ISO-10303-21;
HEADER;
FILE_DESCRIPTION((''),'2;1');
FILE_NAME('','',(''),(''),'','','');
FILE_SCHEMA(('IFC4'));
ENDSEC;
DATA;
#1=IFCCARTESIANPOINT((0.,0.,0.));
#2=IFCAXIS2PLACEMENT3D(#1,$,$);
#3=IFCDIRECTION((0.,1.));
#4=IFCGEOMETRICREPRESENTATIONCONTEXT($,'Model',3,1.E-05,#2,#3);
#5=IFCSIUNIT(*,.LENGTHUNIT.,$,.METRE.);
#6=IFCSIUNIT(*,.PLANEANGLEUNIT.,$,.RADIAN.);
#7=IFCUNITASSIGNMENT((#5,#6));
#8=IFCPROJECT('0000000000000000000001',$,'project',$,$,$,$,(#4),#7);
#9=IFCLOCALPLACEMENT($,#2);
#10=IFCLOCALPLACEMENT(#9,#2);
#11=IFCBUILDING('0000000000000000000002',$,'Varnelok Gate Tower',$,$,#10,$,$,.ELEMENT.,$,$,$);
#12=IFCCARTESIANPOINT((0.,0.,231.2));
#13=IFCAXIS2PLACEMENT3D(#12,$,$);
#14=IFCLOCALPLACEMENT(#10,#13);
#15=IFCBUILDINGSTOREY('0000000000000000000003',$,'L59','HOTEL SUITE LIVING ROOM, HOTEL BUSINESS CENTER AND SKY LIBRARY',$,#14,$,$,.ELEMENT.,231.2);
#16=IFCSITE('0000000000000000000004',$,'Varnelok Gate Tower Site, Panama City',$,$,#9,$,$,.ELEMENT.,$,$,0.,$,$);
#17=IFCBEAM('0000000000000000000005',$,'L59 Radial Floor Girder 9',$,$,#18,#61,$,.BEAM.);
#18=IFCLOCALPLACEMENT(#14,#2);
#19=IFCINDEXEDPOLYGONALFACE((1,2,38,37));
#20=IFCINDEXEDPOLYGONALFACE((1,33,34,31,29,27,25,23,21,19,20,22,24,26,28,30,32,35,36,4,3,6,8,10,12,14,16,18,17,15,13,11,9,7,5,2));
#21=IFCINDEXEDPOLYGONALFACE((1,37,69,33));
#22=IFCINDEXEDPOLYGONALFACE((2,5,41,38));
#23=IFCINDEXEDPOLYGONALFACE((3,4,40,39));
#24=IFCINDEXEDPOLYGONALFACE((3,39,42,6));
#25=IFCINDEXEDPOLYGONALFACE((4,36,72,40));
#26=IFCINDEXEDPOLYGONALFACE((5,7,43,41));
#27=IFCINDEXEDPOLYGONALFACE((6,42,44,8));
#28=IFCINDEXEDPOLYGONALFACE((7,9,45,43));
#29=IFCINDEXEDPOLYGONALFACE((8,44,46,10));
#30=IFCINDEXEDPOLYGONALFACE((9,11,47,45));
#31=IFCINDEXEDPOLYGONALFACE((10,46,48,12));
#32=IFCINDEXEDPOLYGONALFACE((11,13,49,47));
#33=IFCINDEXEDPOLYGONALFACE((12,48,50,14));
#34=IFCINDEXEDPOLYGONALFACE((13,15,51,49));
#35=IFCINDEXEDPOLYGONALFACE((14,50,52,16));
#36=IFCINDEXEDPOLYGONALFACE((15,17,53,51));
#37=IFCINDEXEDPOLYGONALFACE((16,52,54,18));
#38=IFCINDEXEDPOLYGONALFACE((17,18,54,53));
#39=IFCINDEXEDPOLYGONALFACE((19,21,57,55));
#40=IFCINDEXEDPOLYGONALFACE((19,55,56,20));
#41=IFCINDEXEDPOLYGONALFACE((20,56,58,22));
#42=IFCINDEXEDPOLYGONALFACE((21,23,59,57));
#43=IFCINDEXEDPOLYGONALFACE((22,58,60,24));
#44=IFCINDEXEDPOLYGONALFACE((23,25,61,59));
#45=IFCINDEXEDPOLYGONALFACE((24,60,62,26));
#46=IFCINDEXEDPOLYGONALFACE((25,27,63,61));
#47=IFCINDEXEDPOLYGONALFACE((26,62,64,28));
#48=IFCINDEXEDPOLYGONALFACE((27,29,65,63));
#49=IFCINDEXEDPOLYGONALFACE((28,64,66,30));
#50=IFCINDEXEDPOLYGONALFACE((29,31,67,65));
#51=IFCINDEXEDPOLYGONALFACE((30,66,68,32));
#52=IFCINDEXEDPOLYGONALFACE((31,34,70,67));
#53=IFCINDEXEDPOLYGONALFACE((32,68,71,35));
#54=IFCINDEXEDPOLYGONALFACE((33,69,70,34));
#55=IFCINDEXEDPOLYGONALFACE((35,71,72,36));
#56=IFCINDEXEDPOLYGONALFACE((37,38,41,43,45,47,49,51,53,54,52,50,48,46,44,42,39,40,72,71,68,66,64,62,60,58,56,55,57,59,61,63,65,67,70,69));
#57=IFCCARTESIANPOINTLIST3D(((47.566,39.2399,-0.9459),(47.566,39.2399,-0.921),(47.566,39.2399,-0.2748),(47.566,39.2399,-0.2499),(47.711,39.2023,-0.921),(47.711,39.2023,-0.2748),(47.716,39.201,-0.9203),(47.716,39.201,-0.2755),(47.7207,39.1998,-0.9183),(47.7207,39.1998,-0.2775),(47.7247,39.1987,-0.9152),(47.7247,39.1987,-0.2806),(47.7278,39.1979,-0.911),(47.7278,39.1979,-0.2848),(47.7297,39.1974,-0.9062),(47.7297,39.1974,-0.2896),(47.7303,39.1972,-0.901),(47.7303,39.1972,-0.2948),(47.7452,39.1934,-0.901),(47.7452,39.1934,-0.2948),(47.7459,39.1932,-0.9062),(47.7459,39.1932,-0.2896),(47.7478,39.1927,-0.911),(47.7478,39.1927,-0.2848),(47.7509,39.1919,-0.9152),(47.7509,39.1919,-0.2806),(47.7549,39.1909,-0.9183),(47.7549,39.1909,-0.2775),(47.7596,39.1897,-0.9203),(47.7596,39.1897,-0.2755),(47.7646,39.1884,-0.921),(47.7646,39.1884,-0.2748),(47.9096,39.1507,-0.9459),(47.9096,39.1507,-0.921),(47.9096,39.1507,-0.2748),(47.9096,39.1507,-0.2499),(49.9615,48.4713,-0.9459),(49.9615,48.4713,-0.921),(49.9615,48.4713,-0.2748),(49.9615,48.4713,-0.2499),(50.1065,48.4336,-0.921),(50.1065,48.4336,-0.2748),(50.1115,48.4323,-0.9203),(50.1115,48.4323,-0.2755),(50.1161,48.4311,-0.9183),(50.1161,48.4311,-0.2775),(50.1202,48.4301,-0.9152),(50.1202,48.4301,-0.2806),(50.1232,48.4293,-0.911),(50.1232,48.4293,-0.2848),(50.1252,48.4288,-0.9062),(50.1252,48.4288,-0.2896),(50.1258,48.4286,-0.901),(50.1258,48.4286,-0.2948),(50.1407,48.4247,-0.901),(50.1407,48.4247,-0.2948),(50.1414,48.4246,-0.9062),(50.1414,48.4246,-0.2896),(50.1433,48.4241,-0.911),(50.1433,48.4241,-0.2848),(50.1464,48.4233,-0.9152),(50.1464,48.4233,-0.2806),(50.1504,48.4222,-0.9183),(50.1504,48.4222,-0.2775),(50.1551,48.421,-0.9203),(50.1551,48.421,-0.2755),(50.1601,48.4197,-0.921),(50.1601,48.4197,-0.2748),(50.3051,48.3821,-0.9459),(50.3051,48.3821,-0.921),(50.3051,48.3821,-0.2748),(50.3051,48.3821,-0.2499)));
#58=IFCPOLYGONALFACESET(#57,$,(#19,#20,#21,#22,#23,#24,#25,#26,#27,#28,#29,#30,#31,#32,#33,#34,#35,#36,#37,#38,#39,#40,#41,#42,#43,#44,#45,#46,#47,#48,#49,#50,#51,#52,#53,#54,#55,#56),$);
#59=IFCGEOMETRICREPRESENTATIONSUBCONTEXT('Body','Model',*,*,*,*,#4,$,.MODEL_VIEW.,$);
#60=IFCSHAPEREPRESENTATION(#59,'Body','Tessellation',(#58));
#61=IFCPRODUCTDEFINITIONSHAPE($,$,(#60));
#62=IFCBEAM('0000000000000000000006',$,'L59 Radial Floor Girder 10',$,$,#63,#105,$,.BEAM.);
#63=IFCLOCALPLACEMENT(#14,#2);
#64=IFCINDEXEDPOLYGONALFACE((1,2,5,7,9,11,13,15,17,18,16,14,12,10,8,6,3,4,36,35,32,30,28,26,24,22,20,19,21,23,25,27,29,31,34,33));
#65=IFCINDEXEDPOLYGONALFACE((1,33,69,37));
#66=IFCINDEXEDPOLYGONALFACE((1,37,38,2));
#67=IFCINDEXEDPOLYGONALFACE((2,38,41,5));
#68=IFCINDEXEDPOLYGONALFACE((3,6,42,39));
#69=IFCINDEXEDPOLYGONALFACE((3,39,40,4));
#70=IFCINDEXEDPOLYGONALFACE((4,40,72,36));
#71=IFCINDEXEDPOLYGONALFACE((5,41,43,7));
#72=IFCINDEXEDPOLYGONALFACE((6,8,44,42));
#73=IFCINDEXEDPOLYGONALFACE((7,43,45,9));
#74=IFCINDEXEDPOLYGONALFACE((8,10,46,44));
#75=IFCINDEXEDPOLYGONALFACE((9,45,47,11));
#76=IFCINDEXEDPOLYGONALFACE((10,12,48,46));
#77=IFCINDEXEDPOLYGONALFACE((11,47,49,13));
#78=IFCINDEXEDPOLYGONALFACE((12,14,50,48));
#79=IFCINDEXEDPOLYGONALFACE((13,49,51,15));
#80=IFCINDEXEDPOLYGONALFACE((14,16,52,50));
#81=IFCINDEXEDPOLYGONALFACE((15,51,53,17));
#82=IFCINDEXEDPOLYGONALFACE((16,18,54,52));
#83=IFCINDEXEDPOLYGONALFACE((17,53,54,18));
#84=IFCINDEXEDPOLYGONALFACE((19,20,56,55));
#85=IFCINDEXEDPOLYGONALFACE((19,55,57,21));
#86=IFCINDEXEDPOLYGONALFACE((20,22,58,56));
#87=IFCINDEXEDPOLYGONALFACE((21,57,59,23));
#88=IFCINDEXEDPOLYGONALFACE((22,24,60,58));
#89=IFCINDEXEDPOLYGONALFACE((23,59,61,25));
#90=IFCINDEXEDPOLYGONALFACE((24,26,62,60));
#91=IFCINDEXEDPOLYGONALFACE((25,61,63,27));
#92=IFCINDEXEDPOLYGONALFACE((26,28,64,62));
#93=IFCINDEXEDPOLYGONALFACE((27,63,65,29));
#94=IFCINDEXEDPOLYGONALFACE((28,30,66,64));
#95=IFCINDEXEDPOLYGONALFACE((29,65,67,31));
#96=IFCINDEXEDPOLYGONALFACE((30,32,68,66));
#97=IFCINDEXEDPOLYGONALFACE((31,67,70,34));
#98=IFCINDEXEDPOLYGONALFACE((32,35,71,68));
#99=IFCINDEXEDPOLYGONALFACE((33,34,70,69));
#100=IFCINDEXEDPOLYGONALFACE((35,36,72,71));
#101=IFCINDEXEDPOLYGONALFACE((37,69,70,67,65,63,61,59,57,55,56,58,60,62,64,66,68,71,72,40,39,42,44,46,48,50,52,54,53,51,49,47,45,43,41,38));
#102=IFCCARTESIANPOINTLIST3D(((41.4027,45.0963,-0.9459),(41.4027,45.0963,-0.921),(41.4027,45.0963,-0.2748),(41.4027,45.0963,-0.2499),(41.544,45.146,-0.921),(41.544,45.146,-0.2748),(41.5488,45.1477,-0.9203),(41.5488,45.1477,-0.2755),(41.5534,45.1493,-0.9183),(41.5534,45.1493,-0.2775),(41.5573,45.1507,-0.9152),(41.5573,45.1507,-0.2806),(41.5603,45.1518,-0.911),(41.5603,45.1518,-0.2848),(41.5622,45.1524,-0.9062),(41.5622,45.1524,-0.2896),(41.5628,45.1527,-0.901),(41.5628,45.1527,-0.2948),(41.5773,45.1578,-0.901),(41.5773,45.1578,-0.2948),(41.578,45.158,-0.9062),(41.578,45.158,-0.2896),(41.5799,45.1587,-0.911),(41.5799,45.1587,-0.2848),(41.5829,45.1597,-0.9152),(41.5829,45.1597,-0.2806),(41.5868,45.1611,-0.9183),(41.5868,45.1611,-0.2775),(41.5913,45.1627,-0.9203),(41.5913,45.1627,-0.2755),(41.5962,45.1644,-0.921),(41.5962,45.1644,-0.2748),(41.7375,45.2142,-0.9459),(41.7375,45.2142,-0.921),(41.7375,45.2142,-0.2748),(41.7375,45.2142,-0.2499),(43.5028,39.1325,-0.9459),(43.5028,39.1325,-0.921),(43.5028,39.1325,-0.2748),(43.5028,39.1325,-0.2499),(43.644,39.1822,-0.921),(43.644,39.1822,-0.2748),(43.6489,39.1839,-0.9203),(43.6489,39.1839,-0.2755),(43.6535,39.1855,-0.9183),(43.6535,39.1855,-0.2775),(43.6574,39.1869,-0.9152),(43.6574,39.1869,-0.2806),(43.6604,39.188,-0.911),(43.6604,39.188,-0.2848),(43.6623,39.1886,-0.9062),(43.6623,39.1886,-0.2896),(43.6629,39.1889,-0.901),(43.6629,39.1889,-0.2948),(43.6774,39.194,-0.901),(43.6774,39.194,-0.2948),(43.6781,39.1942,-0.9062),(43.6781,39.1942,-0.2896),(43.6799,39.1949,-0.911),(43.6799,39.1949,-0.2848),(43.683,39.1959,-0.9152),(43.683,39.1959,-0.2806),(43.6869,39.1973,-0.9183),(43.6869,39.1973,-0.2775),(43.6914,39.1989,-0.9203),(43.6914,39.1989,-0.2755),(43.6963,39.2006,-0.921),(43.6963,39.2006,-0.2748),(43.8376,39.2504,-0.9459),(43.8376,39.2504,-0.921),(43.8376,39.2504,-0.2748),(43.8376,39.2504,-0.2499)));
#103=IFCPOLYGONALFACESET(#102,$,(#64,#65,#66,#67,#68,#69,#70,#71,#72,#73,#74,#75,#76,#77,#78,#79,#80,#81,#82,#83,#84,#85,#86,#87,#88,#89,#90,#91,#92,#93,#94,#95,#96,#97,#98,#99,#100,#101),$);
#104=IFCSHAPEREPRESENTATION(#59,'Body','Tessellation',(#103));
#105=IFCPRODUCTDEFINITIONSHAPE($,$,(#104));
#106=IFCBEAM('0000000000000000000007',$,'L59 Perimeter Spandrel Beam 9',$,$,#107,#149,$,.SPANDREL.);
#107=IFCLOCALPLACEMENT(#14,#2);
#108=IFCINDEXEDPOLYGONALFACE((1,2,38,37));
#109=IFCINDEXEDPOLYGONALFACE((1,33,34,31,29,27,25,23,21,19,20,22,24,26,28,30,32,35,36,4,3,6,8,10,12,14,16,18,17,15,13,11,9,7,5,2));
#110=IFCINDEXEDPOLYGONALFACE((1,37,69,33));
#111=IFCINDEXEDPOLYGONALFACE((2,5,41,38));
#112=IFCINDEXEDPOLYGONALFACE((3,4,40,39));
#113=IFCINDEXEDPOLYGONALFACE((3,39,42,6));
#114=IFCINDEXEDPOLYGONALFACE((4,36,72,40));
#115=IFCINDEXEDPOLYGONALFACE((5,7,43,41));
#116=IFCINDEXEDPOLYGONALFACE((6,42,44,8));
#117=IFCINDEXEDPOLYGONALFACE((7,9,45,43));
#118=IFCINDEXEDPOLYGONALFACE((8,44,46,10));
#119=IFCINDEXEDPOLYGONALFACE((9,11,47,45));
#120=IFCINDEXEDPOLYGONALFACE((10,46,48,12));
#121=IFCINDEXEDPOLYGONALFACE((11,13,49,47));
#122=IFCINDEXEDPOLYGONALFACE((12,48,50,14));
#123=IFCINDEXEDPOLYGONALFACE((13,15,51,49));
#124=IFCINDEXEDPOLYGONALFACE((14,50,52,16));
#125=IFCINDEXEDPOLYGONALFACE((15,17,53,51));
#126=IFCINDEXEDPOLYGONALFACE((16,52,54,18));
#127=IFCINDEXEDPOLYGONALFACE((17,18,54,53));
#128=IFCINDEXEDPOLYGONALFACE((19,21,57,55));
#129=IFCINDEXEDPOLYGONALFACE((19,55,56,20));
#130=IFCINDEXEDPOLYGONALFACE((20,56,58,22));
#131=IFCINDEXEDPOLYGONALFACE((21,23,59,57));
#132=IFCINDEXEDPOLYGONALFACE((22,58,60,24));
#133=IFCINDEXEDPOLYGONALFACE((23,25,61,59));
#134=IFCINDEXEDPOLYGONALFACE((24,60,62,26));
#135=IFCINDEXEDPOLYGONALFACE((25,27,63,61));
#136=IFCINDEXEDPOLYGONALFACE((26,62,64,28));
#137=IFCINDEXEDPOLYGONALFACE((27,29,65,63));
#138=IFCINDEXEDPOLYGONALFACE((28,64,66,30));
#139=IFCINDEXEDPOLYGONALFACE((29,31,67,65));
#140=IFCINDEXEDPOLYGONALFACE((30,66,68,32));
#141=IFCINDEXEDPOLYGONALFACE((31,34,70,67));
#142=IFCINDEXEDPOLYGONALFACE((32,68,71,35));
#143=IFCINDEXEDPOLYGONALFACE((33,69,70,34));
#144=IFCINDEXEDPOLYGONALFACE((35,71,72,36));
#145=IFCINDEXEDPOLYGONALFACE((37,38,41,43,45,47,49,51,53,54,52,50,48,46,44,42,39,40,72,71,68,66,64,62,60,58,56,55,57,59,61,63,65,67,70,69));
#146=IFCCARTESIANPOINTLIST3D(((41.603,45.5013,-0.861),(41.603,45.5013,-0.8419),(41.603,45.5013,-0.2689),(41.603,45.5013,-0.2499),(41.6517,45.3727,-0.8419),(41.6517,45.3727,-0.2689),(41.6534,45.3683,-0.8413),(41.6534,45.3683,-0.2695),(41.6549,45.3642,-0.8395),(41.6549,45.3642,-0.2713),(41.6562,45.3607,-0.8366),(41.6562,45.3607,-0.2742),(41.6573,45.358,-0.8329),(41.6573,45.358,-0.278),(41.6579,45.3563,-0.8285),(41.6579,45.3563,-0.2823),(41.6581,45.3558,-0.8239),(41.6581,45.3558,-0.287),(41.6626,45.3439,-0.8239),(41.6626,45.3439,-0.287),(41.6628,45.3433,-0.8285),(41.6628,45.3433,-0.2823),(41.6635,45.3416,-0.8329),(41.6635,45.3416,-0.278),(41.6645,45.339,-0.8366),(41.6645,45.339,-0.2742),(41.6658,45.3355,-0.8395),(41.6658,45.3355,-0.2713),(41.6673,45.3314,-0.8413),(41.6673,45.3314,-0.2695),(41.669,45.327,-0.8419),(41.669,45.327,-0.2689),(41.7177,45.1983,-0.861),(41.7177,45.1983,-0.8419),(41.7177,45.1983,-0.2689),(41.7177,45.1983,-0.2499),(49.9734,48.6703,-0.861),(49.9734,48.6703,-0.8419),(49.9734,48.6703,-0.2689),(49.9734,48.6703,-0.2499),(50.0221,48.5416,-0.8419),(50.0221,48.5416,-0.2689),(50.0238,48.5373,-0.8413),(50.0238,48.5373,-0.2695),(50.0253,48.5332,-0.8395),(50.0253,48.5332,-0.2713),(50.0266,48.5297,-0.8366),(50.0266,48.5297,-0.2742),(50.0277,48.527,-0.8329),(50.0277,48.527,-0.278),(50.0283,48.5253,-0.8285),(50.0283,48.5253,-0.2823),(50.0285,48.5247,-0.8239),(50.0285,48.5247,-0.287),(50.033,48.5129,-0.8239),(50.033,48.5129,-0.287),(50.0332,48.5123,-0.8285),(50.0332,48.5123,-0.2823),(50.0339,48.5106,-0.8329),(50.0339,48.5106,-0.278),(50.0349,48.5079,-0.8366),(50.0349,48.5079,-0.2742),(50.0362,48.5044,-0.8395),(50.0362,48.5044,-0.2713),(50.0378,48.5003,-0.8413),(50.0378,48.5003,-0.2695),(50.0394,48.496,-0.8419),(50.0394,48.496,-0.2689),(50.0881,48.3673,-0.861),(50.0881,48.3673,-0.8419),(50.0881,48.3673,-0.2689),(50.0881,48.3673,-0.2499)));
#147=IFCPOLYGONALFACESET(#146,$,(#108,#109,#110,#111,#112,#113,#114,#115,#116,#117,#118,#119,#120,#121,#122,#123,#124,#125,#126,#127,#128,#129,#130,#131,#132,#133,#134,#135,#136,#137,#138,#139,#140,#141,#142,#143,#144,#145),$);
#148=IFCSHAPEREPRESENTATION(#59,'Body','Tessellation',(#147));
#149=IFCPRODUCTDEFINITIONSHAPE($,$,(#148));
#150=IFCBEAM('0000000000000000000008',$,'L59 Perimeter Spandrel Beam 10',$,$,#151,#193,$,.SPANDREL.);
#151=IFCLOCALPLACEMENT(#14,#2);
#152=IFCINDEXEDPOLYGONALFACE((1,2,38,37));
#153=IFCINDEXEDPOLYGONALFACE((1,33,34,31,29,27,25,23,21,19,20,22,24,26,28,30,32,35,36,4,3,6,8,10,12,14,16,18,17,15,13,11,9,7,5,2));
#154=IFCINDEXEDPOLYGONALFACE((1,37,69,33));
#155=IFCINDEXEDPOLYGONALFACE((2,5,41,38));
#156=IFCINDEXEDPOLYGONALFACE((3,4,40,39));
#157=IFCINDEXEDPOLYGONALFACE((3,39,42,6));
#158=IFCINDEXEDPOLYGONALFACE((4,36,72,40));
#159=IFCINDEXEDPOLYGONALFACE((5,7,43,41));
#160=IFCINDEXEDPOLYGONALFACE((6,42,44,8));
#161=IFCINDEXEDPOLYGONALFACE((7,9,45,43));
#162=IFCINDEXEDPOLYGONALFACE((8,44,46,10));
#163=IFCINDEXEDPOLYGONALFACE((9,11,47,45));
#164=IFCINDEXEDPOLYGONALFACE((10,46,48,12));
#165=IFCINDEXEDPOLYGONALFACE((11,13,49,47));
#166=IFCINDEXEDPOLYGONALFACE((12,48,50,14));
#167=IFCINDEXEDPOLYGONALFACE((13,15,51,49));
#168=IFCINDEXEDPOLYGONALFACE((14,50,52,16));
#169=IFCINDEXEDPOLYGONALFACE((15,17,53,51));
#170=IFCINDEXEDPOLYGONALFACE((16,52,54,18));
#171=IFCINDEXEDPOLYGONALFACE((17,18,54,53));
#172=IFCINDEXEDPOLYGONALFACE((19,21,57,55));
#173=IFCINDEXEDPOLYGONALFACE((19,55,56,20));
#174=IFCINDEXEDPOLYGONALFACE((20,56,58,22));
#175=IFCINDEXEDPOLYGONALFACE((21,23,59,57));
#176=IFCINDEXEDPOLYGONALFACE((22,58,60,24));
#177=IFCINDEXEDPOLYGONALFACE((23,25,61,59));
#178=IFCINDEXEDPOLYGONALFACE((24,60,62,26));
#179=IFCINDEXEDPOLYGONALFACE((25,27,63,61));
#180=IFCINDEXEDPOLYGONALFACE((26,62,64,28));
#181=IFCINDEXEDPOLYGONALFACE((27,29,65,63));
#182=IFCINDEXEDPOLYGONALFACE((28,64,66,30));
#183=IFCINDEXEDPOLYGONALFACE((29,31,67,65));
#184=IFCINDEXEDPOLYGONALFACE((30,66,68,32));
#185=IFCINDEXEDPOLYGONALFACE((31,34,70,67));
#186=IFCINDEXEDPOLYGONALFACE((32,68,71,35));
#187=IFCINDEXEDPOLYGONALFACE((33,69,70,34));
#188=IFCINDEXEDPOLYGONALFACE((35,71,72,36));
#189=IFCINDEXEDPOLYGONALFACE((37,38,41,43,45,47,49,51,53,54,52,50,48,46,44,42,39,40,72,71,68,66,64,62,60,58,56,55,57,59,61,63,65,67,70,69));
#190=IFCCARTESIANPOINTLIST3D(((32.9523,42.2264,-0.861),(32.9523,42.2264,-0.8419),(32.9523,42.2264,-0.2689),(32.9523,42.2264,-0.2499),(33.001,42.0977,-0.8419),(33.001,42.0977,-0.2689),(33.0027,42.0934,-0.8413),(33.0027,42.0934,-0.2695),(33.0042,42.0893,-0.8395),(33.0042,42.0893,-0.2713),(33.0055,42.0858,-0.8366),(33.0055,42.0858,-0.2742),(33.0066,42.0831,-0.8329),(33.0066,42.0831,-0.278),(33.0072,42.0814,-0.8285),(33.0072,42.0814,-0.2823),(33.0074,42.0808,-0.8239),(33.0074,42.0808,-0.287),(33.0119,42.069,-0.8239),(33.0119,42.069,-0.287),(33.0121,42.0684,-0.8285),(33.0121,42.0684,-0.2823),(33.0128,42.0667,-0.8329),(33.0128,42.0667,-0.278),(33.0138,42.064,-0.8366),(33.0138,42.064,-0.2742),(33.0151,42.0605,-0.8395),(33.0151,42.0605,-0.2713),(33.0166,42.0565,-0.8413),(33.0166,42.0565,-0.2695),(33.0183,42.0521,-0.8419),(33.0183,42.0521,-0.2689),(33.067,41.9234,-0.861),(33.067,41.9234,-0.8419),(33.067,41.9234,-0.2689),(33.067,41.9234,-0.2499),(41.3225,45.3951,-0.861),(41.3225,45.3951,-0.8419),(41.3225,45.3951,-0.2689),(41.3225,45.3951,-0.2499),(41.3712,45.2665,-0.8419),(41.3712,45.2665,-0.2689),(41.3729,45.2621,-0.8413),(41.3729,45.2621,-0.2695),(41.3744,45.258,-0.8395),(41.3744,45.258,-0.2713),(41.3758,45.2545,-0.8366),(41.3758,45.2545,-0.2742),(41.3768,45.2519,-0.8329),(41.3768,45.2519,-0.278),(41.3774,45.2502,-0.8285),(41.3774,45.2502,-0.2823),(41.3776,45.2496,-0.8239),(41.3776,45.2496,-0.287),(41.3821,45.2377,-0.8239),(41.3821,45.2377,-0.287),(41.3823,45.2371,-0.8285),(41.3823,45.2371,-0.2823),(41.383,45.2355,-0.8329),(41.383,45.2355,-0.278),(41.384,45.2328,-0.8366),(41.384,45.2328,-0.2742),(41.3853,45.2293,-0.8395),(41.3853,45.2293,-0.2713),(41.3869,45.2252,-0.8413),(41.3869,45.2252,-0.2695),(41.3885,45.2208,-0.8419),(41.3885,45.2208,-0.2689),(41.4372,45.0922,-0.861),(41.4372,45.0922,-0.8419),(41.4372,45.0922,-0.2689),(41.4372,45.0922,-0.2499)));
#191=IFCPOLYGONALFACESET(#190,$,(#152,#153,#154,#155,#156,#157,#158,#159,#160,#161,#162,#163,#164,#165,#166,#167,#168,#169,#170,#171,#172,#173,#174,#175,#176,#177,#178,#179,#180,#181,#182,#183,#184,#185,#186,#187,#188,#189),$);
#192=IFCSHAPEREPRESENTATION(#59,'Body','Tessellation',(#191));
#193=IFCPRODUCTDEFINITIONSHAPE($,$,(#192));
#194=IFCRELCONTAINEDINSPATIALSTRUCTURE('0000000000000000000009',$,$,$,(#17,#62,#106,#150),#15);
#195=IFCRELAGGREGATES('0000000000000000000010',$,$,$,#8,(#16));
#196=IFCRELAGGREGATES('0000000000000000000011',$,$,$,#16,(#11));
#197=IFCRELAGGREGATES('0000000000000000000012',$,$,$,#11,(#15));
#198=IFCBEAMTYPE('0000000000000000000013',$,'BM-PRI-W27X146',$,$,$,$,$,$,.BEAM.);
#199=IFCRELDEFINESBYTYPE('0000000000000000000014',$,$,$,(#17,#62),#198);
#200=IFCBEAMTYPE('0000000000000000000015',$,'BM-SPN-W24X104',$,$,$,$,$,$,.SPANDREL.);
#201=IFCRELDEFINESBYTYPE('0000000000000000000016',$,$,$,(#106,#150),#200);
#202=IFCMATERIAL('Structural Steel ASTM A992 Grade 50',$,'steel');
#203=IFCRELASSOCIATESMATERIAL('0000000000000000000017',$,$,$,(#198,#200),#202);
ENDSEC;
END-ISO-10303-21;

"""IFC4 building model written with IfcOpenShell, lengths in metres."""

from ifc_helpers import new_model, si_unit, direction, frame, origin, origin_2d, place, context, subcontext, project, spatial, i_section, extrude, material, material_profile, profile_set, type_object, element, save


model = new_model("IFC4")

# Units and contexts
model_context = context("Model", 3, precision=1e-05, world=origin(), true_north=direction((0.0, 1.0)))
body_context = subcontext(model_context, "Body", "Model", "MODEL_VIEW")
ifc_project = project(units=[si_unit("LENGTHUNIT", "METRE"), si_unit("PLANEANGLEUNIT", "RADIAN")], contexts=[model_context])

# Site, building, storey
site_placement = place(None, origin())
site = spatial("IfcSite", under=ifc_project, at=site_placement, Name="Varnelok Gate Tower Site, Panama City", CompositionType="ELEMENT", RefElevation=0.0)
building_placement = place(site_placement, origin())
building = spatial("IfcBuilding", under=site, at=building_placement, Name="Varnelok Gate Tower", CompositionType="ELEMENT")
storey_placement = place(building_placement, frame((0.0, 0.0, 231.2)))
storey = spatial("IfcBuildingStorey", under=building, at=storey_placement, Name="L59", Description="HOTEL SUITE LIVING ROOM, HOTEL BUSINESS CENTER AND SKY LIBRARY", CompositionType="ELEMENT", Elevation=231.2)

# Shared definitions
ifc_material_1 = material(Name="Structural Steel ASTM A992 Grade 50", Category="steel")

# Beams
ifc_material_profile_1 = material_profile(ifc_material_1, i_section(OverallWidth=0.355, OverallDepth=0.696, WebThickness=0.0154, FlangeThickness=0.0249, FilletRadius=0.02, at=origin_2d()), Name="W27X146")
ifc_profile_set_1 = profile_set([ifc_material_profile_1], Name="Structural Steel ASTM A992 Grade 50")
beam_type_1 = type_object("IfcBeamType", Name="BM-PRI-W27X146", PredefinedType="BEAM", material=ifc_profile_set_1)
beam_1_placement = place(storey_placement, frame((47.7378, 39.1953, -0.5979), z_axis=(0.251175, 0.967942, 0.0), x_axis=(-0.967942, 0.251175, 0.0)))
element("IfcBeam", 1, at=beam_1_placement, inside=storey, type_object=beam_type_1, Name="L59 Radial Floor Girder 9", PredefinedType="BEAM", context=body_context, shape_type="SweptSolid", body=[
    extrude(i_section(OverallWidth=0.355, OverallDepth=0.696, WebThickness=0.0154, FlangeThickness=0.0249, FilletRadius=0.02, at=origin_2d()), origin(), (0.0, 0.0, 1.0), 9.5371),
])
beam_2_placement = place(storey_placement, frame((43.6702, 39.1914, -0.5979), z_axis=(-0.332145, 0.943228, 0.0), x_axis=(-0.943228, -0.332145, 0.0)))
element("IfcBeam", 2, at=beam_2_placement, inside=storey, type_object=beam_type_1, Name="L59 Radial Floor Girder 10", PredefinedType="BEAM", context=body_context, shape_type="SweptSolid", body=[
    extrude(i_section(OverallWidth=0.355, OverallDepth=0.696, WebThickness=0.0154, FlangeThickness=0.0249, FilletRadius=0.02, at=origin_2d()), origin(), (0.0, 0.0, 1.0), 6.3228),
])
ifc_material_profile_2 = material_profile(ifc_material_1, i_section(OverallWidth=0.324, OverallDepth=0.6111, WebThickness=0.0127, FlangeThickness=0.019, FilletRadius=0.0181, at=origin_2d()), Name="W24X104")
ifc_profile_set_2 = profile_set([ifc_material_profile_2], Name="Structural Steel ASTM A992 Grade 50")
beam_type_2 = type_object("IfcBeamType", Name="BM-SPN-W24X104", PredefinedType="SPANDREL", material=ifc_profile_set_2)
beam_3_placement = place(storey_placement, frame((50.0308, 48.5188, -0.5554), z_axis=(-0.93522, -0.354066, 0.0), x_axis=(0.354066, -0.93522, 0.0)))
element("IfcBeam", 3, at=beam_3_placement, inside=storey, type_object=beam_type_2, Name="L59 Perimeter Spandrel Beam 9", PredefinedType="SPANDREL", context=body_context, shape_type="SweptSolid", body=[
    extrude(i_section(OverallWidth=0.324, OverallDepth=0.6111, WebThickness=0.0127, FlangeThickness=0.019, FilletRadius=0.0181, at=origin_2d()), origin(), (0.0, 0.0, 1.0), 8.9502),
])
beam_4_placement = place(storey_placement, frame((41.3799, 45.2437, -0.5554), z_axis=(-0.935226, -0.354051, 0.0), x_axis=(0.354051, -0.935226, 0.0)))
element("IfcBeam", 4, at=beam_4_placement, inside=storey, type_object=beam_type_2, Name="L59 Perimeter Spandrel Beam 10", PredefinedType="SPANDREL", context=body_context, shape_type="SweptSolid", body=[
    extrude(i_section(OverallWidth=0.324, OverallDepth=0.6111, WebThickness=0.0127, FlangeThickness=0.019, FilletRadius=0.0181, at=origin_2d()), origin(), (0.0, 0.0, 1.0), 8.95),
])

save(model, "model.ifc")
